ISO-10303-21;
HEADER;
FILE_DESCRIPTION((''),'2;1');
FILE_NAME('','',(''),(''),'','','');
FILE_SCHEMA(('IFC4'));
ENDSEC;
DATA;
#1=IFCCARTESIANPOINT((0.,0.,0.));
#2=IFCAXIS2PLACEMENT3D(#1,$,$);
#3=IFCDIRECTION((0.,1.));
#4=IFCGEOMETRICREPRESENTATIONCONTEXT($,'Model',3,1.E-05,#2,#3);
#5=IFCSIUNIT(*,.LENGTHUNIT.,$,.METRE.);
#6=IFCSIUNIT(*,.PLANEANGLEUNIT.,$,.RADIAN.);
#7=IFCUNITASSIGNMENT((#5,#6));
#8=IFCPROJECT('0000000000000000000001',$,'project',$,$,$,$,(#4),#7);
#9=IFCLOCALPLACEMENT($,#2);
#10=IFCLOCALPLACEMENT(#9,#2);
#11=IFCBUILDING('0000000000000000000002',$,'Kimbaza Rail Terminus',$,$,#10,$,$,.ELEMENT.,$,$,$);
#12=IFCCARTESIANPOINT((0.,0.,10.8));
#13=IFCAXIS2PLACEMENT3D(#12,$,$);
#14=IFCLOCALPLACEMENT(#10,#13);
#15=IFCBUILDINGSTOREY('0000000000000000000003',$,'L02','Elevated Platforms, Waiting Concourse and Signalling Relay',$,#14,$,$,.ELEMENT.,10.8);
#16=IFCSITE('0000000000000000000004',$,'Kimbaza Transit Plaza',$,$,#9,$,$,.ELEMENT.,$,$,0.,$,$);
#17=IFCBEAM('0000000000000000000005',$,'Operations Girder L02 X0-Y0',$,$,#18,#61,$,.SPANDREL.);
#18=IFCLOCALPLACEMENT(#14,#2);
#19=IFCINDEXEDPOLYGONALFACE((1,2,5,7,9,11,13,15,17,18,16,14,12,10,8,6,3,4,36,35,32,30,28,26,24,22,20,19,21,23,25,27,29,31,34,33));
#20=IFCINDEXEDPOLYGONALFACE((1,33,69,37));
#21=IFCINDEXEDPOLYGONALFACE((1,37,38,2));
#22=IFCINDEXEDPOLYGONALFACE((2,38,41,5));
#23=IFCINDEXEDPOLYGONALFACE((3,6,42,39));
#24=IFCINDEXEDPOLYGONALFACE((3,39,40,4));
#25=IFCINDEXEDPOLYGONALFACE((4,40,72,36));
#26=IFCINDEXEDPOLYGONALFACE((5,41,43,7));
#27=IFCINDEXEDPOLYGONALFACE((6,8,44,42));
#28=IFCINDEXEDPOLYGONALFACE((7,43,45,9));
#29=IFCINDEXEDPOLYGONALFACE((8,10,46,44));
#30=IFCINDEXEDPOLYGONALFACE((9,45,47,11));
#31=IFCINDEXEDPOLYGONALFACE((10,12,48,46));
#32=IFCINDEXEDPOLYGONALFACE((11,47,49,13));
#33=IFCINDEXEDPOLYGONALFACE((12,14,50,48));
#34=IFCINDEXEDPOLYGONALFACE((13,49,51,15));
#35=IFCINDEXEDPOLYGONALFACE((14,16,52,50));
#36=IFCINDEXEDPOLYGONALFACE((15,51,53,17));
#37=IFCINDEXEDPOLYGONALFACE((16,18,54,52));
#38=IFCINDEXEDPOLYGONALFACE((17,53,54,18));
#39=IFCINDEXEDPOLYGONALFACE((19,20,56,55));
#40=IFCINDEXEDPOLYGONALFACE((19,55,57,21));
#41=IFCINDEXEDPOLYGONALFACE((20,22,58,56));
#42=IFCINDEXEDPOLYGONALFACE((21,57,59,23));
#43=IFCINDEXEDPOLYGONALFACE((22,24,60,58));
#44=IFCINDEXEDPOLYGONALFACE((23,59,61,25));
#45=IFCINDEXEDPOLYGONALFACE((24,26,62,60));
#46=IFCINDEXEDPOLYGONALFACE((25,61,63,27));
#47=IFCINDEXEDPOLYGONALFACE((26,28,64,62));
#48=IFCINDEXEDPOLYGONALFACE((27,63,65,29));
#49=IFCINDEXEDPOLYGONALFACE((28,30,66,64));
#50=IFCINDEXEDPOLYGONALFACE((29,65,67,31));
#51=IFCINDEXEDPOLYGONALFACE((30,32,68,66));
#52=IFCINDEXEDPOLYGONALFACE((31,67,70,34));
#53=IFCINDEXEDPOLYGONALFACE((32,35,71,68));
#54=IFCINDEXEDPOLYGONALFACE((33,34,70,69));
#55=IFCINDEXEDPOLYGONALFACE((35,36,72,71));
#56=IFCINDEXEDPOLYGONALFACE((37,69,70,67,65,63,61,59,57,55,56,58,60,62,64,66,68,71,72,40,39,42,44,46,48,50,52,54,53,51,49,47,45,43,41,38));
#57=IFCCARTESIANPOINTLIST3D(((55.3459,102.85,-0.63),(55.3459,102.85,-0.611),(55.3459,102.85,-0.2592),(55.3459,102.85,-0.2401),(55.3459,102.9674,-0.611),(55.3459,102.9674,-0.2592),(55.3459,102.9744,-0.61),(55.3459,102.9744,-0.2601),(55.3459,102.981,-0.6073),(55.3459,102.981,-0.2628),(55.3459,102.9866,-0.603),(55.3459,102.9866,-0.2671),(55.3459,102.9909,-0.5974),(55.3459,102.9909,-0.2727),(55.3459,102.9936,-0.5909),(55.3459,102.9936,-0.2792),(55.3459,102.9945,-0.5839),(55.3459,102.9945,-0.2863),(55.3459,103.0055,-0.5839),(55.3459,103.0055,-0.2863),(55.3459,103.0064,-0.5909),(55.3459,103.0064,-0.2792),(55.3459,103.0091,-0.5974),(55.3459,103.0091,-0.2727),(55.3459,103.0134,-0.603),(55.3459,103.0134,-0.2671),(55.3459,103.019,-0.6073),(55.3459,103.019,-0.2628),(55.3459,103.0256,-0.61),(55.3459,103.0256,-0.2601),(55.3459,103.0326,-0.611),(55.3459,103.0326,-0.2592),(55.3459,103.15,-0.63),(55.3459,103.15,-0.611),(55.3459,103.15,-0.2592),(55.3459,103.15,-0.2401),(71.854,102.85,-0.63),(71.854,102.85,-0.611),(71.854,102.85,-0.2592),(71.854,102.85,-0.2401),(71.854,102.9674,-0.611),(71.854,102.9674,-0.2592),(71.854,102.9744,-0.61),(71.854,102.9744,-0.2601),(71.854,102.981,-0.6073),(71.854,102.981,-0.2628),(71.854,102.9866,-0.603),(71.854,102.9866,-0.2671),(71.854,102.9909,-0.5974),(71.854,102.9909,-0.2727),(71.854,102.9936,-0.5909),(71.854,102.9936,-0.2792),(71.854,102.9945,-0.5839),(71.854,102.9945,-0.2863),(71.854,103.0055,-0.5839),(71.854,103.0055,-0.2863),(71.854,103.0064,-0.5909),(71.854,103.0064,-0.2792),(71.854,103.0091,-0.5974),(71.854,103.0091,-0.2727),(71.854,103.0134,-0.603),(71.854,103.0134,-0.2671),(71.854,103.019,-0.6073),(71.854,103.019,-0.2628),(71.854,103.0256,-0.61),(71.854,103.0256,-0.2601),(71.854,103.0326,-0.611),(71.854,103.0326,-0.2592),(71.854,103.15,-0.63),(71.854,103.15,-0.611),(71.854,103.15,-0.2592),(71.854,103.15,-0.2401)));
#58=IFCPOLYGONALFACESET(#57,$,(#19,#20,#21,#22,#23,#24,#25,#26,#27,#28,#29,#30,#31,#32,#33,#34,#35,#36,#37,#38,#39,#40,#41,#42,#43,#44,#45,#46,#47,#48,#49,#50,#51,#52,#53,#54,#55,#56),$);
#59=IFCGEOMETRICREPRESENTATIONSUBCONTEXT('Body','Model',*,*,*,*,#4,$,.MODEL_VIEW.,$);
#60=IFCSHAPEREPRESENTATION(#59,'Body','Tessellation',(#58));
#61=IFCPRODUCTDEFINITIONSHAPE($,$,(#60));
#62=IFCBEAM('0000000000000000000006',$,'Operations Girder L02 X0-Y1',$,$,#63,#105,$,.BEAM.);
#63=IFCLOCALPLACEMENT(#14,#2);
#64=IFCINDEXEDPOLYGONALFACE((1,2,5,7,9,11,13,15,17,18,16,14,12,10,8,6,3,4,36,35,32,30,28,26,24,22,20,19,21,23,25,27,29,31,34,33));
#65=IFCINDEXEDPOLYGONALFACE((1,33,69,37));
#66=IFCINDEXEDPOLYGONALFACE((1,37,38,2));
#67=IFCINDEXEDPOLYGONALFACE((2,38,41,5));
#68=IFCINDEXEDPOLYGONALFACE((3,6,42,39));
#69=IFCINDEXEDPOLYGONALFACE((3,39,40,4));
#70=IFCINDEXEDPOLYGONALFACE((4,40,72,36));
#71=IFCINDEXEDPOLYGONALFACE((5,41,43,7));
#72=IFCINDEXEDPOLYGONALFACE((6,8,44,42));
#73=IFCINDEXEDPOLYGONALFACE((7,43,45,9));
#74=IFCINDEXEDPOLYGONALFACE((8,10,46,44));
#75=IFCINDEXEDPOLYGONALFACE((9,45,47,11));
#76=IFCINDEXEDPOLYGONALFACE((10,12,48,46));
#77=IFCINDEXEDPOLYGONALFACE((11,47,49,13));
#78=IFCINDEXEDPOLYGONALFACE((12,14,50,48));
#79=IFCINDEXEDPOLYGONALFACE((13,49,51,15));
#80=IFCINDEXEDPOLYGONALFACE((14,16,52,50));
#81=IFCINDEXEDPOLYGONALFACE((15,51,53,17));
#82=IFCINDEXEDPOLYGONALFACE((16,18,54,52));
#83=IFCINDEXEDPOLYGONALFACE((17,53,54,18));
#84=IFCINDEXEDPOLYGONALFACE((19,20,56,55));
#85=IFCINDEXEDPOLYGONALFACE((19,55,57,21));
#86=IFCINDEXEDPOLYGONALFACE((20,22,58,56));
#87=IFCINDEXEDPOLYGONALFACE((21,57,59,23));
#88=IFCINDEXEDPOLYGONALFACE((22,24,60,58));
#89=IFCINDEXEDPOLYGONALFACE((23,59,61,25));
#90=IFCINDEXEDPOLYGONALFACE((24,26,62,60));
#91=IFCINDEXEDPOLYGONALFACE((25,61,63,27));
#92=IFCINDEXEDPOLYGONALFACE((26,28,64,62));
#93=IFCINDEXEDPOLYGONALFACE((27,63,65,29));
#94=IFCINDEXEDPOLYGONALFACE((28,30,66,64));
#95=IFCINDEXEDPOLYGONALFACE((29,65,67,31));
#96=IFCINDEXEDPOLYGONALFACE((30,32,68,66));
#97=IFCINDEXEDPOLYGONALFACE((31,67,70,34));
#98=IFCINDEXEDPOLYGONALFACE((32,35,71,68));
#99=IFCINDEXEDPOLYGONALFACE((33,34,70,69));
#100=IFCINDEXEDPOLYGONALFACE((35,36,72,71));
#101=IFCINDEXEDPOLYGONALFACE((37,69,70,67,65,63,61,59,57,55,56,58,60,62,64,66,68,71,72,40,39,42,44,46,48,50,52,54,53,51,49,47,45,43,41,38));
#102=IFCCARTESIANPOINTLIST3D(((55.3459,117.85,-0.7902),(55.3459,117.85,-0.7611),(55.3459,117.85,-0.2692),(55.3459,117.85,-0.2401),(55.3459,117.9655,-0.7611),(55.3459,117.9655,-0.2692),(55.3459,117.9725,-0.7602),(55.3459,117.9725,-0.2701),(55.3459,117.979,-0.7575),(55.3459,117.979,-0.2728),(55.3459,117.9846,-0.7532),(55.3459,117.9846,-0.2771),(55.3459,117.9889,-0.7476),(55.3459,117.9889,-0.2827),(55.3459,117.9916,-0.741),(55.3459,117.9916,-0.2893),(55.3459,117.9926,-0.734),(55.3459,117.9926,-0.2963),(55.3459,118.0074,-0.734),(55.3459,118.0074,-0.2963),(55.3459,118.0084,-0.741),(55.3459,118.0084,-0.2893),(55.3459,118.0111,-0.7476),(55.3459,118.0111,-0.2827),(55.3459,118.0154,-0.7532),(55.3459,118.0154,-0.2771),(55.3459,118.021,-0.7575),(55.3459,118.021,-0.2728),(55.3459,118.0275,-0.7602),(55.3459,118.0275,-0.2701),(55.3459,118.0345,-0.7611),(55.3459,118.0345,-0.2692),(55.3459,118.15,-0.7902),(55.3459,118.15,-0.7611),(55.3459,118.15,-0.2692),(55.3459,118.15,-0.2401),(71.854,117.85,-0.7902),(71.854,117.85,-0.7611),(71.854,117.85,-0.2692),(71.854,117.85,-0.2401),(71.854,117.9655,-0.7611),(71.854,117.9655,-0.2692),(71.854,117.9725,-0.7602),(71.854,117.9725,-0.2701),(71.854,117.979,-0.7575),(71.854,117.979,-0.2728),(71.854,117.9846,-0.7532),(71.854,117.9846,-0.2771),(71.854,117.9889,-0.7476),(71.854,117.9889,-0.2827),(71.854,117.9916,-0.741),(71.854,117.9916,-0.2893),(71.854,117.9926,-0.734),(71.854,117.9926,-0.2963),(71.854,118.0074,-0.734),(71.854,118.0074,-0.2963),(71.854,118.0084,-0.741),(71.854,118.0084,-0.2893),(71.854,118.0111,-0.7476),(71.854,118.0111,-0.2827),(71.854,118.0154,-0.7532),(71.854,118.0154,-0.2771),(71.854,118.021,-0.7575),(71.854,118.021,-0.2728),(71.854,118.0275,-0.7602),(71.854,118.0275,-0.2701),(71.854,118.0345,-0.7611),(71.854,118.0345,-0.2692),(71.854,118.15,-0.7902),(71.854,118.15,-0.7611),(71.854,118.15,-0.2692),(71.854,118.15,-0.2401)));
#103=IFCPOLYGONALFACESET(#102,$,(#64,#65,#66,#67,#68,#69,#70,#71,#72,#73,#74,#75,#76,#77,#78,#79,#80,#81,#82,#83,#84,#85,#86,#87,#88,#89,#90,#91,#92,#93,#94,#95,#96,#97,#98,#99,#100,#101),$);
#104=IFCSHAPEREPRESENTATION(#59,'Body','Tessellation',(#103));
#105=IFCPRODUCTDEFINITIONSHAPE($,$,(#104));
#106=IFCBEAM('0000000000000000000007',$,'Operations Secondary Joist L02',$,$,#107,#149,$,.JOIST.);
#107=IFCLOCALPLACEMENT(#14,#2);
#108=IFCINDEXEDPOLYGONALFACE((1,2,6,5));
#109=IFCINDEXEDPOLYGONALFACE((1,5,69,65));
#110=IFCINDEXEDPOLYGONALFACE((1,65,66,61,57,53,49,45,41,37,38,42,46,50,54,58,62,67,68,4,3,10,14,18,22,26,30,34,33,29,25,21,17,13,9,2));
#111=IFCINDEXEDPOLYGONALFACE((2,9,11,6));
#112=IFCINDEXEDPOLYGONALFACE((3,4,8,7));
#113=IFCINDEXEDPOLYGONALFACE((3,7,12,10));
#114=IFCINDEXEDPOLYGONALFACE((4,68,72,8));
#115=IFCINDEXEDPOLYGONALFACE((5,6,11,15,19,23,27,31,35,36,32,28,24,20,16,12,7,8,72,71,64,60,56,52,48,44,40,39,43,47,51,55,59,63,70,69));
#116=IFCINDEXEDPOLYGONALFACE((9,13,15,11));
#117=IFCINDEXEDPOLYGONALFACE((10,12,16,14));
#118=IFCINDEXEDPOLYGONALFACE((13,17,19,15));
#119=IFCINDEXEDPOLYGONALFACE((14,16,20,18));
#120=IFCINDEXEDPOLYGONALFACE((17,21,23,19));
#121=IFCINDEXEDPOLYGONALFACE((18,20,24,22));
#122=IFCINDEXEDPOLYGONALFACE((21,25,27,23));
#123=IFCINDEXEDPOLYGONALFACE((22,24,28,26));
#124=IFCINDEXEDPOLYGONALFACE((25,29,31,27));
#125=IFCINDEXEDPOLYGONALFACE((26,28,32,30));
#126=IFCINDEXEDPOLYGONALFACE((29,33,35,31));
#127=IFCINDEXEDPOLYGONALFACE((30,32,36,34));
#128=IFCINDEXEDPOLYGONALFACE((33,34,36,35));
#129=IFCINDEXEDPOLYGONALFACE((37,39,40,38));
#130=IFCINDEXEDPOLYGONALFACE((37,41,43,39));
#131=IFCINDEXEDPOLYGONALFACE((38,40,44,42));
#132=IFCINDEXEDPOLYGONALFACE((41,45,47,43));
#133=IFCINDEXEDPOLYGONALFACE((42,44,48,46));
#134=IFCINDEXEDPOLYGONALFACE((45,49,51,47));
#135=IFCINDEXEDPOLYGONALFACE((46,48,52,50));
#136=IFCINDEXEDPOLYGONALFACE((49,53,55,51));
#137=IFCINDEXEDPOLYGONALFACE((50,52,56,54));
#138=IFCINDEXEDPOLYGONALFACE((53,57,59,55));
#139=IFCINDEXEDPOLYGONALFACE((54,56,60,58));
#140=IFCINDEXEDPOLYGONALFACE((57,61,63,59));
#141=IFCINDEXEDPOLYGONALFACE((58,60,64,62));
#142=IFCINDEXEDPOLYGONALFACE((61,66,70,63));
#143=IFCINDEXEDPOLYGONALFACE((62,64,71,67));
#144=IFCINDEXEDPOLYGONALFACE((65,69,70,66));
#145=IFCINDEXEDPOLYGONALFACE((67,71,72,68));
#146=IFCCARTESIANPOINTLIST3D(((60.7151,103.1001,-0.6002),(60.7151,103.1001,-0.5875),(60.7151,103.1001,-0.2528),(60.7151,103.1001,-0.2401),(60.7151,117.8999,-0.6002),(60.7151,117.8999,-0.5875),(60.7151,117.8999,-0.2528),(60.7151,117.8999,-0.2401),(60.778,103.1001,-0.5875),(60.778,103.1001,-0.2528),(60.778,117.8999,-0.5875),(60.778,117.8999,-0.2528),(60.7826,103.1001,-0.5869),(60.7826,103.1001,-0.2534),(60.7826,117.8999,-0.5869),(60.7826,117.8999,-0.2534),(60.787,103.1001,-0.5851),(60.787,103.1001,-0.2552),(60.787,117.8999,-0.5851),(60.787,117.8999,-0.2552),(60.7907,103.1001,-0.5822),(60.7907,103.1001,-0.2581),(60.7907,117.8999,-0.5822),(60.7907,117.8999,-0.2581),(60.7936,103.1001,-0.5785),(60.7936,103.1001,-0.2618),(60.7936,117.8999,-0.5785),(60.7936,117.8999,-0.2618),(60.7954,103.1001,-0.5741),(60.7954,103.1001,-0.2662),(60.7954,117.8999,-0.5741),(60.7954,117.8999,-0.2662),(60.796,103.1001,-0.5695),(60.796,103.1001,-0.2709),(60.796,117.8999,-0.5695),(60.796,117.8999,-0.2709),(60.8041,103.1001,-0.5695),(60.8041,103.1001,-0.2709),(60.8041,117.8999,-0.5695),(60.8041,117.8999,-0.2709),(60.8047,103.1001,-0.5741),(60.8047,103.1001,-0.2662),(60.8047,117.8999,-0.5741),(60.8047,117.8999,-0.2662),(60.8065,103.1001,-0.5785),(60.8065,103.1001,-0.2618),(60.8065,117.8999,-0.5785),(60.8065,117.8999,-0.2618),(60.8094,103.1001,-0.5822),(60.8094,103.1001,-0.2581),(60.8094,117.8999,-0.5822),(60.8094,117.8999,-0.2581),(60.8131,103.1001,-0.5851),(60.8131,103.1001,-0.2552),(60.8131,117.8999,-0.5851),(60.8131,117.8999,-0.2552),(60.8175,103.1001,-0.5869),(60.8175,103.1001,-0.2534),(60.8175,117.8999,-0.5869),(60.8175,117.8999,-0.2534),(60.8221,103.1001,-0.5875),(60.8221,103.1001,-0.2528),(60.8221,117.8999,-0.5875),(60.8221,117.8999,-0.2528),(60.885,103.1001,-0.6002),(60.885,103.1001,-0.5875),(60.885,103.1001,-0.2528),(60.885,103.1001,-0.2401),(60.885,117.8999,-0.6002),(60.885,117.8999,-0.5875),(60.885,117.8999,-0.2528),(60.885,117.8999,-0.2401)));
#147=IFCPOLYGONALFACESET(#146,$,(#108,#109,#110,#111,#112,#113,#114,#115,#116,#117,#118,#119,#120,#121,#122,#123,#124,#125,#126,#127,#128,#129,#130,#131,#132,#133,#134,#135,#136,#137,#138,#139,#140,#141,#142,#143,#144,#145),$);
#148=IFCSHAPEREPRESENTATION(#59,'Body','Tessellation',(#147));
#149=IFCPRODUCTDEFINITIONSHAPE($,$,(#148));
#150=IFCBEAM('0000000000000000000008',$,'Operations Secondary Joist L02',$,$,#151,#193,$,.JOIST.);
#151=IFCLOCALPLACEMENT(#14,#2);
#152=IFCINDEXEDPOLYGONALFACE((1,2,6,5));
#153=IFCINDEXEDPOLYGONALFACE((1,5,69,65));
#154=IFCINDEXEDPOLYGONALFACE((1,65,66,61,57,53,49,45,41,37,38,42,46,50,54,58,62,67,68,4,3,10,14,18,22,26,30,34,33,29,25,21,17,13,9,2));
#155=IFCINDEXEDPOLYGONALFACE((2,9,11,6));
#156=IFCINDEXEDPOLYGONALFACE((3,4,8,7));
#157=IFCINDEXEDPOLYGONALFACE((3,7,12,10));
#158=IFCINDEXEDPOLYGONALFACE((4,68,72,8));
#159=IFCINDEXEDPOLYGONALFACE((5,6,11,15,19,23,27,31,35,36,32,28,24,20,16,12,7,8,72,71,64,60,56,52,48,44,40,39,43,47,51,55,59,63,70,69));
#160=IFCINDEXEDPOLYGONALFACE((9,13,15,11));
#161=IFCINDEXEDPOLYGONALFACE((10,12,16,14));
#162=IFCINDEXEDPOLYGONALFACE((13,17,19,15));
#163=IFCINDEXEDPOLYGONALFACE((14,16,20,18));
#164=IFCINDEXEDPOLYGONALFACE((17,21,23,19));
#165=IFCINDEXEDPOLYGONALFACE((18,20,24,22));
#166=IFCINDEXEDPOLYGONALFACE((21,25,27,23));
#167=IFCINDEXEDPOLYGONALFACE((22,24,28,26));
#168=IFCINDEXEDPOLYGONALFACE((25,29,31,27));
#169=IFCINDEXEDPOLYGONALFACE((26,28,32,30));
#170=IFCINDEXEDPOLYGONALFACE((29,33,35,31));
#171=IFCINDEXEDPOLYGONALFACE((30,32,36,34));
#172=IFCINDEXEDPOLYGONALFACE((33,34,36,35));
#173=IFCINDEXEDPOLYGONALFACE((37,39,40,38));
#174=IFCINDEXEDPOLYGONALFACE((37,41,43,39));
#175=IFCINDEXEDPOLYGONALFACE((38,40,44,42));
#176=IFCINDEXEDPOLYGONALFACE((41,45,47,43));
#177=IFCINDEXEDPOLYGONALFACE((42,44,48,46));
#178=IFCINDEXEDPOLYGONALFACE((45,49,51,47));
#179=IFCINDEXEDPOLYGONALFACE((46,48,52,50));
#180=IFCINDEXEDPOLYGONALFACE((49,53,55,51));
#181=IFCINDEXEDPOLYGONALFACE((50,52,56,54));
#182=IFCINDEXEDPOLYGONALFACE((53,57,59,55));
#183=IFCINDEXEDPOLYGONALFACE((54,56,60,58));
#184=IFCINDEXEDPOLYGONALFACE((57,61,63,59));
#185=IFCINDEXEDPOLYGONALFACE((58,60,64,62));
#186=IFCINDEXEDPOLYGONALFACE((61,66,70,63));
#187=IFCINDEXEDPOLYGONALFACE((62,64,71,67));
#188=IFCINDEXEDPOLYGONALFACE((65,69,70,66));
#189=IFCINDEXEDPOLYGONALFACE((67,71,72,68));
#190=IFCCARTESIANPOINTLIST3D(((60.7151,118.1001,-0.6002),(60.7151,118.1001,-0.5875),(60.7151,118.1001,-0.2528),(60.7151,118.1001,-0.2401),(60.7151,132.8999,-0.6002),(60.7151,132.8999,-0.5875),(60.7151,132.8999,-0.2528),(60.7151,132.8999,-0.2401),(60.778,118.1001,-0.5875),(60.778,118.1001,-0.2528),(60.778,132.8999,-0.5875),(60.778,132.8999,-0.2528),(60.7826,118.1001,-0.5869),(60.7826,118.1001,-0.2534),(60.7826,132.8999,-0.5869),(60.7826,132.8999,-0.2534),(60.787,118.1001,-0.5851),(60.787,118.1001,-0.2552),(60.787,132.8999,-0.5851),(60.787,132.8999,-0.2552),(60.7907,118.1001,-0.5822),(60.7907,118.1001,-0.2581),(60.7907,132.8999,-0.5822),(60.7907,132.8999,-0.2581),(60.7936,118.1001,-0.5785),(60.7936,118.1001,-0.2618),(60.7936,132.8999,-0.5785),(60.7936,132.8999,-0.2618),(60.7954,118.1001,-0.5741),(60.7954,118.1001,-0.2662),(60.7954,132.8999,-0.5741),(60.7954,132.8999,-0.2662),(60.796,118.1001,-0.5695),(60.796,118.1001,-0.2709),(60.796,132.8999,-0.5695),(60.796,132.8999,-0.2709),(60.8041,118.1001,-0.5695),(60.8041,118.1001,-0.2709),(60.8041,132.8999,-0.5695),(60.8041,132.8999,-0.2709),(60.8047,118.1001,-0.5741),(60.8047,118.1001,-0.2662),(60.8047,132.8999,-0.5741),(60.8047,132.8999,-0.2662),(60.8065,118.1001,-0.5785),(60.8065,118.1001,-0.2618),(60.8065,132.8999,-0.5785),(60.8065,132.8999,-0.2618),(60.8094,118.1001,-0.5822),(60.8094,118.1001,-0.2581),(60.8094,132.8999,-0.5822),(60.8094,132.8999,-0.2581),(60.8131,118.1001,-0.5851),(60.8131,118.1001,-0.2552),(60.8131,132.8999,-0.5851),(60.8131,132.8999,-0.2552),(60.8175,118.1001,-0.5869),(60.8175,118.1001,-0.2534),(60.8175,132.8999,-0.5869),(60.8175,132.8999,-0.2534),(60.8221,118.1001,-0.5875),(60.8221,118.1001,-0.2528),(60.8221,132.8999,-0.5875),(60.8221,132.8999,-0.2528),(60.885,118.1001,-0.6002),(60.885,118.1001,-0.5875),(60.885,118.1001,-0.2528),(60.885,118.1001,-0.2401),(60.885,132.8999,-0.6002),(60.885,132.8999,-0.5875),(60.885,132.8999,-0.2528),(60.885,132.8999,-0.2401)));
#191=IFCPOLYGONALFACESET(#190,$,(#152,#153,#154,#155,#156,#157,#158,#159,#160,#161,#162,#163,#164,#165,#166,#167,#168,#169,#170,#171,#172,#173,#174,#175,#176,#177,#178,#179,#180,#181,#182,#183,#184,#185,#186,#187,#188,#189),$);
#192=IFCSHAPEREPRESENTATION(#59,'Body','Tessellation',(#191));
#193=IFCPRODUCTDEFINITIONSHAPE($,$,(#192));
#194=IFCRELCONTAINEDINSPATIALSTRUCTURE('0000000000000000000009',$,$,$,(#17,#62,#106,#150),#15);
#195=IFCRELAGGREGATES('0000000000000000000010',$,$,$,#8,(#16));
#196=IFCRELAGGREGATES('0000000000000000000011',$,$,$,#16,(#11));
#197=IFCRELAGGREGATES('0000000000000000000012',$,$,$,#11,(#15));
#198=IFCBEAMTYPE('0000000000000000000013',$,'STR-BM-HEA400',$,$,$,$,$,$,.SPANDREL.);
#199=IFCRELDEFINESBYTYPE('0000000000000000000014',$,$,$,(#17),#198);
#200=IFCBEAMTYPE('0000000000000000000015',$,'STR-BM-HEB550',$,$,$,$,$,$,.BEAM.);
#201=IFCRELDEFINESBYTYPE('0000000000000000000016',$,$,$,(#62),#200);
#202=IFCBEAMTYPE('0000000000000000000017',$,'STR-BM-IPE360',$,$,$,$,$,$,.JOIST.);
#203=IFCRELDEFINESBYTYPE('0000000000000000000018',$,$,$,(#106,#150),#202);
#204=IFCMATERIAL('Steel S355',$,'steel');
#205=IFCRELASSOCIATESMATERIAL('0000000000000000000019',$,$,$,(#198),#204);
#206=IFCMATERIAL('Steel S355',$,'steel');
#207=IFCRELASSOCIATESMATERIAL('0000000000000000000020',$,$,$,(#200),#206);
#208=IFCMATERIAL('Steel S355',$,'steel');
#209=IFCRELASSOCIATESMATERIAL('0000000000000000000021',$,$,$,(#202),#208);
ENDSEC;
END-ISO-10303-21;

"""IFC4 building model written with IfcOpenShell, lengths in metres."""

from ifc_helpers import new_model, si_unit, direction, frame, origin, origin_2d, place, context, subcontext, project, spatial, i_section, extrude, material, material_profile, profile_set, type_object, element, save


model = new_model("IFC4")

# Units and contexts
model_context = context("Model", 3, precision=1e-05, world=origin(), true_north=direction((0.0, 1.0)))
body_context = subcontext(model_context, "Body", "Model", "MODEL_VIEW")
ifc_project = project(units=[si_unit("LENGTHUNIT", "METRE"), si_unit("PLANEANGLEUNIT", "RADIAN")], contexts=[model_context])

# Site, building, storey
site_placement = place(None, origin())
site = spatial("IfcSite", under=ifc_project, at=site_placement, Name="Kimbaza Transit Plaza", CompositionType="ELEMENT", RefElevation=0.0)
building_placement = place(site_placement, origin())
building = spatial("IfcBuilding", under=site, at=building_placement, Name="Kimbaza Rail Terminus", CompositionType="ELEMENT")
storey_placement = place(building_placement, frame((0.0, 0.0, 10.8)))
storey = spatial("IfcBuildingStorey", under=building, at=storey_placement, Name="L02", Description="Elevated Platforms, Waiting Concourse and Signalling Relay", CompositionType="ELEMENT", Elevation=10.8)

# Beams
ifc_material_1 = material(Name="Steel S355", Category="steel")
ifc_material_profile_1 = material_profile(ifc_material_1, i_section(OverallWidth=0.3, OverallDepth=0.3899, WebThickness=0.011, FlangeThickness=0.019, FilletRadius=0.0271, at=origin_2d()), Name="HEA 400")
ifc_profile_set_1 = profile_set([ifc_material_profile_1], Name="Steel S355")
beam_type_1 = type_object("IfcBeamType", Name="STR-BM-HEA400", PredefinedType="SPANDREL", material=ifc_profile_set_1)
beam_1_placement = place(storey_placement, frame((55.3459, 103.0, -0.4351), z_axis=(1.0, 0.0, 0.0), x_axis=(0.0, 1.0, 0.0)))
element("IfcBeam", 1, at=beam_1_placement, inside=storey, type_object=beam_type_1, Name="Operations Girder L02 X0-Y0", PredefinedType="SPANDREL", context=body_context, shape_type="SweptSolid", body=[
    extrude(i_section(OverallWidth=0.3, OverallDepth=0.3899, WebThickness=0.011, FlangeThickness=0.019, FilletRadius=0.0271, at=origin_2d()), origin(), (0.0, 0.0, 1.0), 16.5081),
])
ifc_material_2 = material(Name="Steel S355", Category="steel")
ifc_material_profile_2 = material_profile(ifc_material_2, i_section(OverallWidth=0.3, OverallDepth=0.55, WebThickness=0.0149, FlangeThickness=0.0291, FilletRadius=0.0271, at=origin_2d()), Name="HEB 550")
ifc_profile_set_2 = profile_set([ifc_material_profile_2], Name="Steel S355")
beam_type_2 = type_object("IfcBeamType", Name="STR-BM-HEB550", PredefinedType="BEAM", material=ifc_profile_set_2)
beam_2_placement = place(storey_placement, frame((55.3459, 118.0, -0.5151), z_axis=(1.0, 0.0, 0.0), x_axis=(0.0, 1.0, 0.0)))
element("IfcBeam", 2, at=beam_2_placement, inside=storey, type_object=beam_type_2, Name="Operations Girder L02 X0-Y1", PredefinedType="BEAM", context=body_context, shape_type="SweptSolid", body=[
    extrude(i_section(OverallWidth=0.3, OverallDepth=0.55, WebThickness=0.0149, FlangeThickness=0.0291, FilletRadius=0.0271, at=origin_2d()), origin(), (0.0, 0.0, 1.0), 16.5081),
])
ifc_material_3 = material(Name="Steel S355", Category="steel")
ifc_material_profile_3 = material_profile(ifc_material_3, i_section(OverallWidth=0.1699, OverallDepth=0.3601, WebThickness=0.0081, FlangeThickness=0.0127, FilletRadius=0.0181, at=origin_2d()), Name="IPE 360")
ifc_profile_set_3 = profile_set([ifc_material_profile_3], Name="Steel S355")
beam_type_3 = type_object("IfcBeamType", Name="STR-BM-IPE360", PredefinedType="JOIST", material=ifc_profile_set_3)
for number, where, z_axis, x_axis, name in (
    (3, (60.8, 103.1001, -0.4202), (0.0, 1.0, 0.0), (-1.0, 0.0, 0.0), "Operations Secondary Joist L02"),
    (4, (60.8, 118.1001, -0.4202), (0.0, 1.0, 0.0), (-1.0, 0.0, 0.0), "Operations Secondary Joist L02"),
):
    element("IfcBeam", number, at=place(storey_placement, frame(where, z_axis=z_axis, x_axis=x_axis)), inside=storey, type_object=beam_type_3, Name=name, PredefinedType="JOIST", context=body_context, shape_type="SweptSolid", body=[
        extrude(i_section(OverallWidth=0.1699, OverallDepth=0.3601, WebThickness=0.0081, FlangeThickness=0.0127, FilletRadius=0.0181, at=origin_2d()), origin(), (0.0, 0.0, 1.0), 14.7998),
    ])

save(model, "model.ifc")
